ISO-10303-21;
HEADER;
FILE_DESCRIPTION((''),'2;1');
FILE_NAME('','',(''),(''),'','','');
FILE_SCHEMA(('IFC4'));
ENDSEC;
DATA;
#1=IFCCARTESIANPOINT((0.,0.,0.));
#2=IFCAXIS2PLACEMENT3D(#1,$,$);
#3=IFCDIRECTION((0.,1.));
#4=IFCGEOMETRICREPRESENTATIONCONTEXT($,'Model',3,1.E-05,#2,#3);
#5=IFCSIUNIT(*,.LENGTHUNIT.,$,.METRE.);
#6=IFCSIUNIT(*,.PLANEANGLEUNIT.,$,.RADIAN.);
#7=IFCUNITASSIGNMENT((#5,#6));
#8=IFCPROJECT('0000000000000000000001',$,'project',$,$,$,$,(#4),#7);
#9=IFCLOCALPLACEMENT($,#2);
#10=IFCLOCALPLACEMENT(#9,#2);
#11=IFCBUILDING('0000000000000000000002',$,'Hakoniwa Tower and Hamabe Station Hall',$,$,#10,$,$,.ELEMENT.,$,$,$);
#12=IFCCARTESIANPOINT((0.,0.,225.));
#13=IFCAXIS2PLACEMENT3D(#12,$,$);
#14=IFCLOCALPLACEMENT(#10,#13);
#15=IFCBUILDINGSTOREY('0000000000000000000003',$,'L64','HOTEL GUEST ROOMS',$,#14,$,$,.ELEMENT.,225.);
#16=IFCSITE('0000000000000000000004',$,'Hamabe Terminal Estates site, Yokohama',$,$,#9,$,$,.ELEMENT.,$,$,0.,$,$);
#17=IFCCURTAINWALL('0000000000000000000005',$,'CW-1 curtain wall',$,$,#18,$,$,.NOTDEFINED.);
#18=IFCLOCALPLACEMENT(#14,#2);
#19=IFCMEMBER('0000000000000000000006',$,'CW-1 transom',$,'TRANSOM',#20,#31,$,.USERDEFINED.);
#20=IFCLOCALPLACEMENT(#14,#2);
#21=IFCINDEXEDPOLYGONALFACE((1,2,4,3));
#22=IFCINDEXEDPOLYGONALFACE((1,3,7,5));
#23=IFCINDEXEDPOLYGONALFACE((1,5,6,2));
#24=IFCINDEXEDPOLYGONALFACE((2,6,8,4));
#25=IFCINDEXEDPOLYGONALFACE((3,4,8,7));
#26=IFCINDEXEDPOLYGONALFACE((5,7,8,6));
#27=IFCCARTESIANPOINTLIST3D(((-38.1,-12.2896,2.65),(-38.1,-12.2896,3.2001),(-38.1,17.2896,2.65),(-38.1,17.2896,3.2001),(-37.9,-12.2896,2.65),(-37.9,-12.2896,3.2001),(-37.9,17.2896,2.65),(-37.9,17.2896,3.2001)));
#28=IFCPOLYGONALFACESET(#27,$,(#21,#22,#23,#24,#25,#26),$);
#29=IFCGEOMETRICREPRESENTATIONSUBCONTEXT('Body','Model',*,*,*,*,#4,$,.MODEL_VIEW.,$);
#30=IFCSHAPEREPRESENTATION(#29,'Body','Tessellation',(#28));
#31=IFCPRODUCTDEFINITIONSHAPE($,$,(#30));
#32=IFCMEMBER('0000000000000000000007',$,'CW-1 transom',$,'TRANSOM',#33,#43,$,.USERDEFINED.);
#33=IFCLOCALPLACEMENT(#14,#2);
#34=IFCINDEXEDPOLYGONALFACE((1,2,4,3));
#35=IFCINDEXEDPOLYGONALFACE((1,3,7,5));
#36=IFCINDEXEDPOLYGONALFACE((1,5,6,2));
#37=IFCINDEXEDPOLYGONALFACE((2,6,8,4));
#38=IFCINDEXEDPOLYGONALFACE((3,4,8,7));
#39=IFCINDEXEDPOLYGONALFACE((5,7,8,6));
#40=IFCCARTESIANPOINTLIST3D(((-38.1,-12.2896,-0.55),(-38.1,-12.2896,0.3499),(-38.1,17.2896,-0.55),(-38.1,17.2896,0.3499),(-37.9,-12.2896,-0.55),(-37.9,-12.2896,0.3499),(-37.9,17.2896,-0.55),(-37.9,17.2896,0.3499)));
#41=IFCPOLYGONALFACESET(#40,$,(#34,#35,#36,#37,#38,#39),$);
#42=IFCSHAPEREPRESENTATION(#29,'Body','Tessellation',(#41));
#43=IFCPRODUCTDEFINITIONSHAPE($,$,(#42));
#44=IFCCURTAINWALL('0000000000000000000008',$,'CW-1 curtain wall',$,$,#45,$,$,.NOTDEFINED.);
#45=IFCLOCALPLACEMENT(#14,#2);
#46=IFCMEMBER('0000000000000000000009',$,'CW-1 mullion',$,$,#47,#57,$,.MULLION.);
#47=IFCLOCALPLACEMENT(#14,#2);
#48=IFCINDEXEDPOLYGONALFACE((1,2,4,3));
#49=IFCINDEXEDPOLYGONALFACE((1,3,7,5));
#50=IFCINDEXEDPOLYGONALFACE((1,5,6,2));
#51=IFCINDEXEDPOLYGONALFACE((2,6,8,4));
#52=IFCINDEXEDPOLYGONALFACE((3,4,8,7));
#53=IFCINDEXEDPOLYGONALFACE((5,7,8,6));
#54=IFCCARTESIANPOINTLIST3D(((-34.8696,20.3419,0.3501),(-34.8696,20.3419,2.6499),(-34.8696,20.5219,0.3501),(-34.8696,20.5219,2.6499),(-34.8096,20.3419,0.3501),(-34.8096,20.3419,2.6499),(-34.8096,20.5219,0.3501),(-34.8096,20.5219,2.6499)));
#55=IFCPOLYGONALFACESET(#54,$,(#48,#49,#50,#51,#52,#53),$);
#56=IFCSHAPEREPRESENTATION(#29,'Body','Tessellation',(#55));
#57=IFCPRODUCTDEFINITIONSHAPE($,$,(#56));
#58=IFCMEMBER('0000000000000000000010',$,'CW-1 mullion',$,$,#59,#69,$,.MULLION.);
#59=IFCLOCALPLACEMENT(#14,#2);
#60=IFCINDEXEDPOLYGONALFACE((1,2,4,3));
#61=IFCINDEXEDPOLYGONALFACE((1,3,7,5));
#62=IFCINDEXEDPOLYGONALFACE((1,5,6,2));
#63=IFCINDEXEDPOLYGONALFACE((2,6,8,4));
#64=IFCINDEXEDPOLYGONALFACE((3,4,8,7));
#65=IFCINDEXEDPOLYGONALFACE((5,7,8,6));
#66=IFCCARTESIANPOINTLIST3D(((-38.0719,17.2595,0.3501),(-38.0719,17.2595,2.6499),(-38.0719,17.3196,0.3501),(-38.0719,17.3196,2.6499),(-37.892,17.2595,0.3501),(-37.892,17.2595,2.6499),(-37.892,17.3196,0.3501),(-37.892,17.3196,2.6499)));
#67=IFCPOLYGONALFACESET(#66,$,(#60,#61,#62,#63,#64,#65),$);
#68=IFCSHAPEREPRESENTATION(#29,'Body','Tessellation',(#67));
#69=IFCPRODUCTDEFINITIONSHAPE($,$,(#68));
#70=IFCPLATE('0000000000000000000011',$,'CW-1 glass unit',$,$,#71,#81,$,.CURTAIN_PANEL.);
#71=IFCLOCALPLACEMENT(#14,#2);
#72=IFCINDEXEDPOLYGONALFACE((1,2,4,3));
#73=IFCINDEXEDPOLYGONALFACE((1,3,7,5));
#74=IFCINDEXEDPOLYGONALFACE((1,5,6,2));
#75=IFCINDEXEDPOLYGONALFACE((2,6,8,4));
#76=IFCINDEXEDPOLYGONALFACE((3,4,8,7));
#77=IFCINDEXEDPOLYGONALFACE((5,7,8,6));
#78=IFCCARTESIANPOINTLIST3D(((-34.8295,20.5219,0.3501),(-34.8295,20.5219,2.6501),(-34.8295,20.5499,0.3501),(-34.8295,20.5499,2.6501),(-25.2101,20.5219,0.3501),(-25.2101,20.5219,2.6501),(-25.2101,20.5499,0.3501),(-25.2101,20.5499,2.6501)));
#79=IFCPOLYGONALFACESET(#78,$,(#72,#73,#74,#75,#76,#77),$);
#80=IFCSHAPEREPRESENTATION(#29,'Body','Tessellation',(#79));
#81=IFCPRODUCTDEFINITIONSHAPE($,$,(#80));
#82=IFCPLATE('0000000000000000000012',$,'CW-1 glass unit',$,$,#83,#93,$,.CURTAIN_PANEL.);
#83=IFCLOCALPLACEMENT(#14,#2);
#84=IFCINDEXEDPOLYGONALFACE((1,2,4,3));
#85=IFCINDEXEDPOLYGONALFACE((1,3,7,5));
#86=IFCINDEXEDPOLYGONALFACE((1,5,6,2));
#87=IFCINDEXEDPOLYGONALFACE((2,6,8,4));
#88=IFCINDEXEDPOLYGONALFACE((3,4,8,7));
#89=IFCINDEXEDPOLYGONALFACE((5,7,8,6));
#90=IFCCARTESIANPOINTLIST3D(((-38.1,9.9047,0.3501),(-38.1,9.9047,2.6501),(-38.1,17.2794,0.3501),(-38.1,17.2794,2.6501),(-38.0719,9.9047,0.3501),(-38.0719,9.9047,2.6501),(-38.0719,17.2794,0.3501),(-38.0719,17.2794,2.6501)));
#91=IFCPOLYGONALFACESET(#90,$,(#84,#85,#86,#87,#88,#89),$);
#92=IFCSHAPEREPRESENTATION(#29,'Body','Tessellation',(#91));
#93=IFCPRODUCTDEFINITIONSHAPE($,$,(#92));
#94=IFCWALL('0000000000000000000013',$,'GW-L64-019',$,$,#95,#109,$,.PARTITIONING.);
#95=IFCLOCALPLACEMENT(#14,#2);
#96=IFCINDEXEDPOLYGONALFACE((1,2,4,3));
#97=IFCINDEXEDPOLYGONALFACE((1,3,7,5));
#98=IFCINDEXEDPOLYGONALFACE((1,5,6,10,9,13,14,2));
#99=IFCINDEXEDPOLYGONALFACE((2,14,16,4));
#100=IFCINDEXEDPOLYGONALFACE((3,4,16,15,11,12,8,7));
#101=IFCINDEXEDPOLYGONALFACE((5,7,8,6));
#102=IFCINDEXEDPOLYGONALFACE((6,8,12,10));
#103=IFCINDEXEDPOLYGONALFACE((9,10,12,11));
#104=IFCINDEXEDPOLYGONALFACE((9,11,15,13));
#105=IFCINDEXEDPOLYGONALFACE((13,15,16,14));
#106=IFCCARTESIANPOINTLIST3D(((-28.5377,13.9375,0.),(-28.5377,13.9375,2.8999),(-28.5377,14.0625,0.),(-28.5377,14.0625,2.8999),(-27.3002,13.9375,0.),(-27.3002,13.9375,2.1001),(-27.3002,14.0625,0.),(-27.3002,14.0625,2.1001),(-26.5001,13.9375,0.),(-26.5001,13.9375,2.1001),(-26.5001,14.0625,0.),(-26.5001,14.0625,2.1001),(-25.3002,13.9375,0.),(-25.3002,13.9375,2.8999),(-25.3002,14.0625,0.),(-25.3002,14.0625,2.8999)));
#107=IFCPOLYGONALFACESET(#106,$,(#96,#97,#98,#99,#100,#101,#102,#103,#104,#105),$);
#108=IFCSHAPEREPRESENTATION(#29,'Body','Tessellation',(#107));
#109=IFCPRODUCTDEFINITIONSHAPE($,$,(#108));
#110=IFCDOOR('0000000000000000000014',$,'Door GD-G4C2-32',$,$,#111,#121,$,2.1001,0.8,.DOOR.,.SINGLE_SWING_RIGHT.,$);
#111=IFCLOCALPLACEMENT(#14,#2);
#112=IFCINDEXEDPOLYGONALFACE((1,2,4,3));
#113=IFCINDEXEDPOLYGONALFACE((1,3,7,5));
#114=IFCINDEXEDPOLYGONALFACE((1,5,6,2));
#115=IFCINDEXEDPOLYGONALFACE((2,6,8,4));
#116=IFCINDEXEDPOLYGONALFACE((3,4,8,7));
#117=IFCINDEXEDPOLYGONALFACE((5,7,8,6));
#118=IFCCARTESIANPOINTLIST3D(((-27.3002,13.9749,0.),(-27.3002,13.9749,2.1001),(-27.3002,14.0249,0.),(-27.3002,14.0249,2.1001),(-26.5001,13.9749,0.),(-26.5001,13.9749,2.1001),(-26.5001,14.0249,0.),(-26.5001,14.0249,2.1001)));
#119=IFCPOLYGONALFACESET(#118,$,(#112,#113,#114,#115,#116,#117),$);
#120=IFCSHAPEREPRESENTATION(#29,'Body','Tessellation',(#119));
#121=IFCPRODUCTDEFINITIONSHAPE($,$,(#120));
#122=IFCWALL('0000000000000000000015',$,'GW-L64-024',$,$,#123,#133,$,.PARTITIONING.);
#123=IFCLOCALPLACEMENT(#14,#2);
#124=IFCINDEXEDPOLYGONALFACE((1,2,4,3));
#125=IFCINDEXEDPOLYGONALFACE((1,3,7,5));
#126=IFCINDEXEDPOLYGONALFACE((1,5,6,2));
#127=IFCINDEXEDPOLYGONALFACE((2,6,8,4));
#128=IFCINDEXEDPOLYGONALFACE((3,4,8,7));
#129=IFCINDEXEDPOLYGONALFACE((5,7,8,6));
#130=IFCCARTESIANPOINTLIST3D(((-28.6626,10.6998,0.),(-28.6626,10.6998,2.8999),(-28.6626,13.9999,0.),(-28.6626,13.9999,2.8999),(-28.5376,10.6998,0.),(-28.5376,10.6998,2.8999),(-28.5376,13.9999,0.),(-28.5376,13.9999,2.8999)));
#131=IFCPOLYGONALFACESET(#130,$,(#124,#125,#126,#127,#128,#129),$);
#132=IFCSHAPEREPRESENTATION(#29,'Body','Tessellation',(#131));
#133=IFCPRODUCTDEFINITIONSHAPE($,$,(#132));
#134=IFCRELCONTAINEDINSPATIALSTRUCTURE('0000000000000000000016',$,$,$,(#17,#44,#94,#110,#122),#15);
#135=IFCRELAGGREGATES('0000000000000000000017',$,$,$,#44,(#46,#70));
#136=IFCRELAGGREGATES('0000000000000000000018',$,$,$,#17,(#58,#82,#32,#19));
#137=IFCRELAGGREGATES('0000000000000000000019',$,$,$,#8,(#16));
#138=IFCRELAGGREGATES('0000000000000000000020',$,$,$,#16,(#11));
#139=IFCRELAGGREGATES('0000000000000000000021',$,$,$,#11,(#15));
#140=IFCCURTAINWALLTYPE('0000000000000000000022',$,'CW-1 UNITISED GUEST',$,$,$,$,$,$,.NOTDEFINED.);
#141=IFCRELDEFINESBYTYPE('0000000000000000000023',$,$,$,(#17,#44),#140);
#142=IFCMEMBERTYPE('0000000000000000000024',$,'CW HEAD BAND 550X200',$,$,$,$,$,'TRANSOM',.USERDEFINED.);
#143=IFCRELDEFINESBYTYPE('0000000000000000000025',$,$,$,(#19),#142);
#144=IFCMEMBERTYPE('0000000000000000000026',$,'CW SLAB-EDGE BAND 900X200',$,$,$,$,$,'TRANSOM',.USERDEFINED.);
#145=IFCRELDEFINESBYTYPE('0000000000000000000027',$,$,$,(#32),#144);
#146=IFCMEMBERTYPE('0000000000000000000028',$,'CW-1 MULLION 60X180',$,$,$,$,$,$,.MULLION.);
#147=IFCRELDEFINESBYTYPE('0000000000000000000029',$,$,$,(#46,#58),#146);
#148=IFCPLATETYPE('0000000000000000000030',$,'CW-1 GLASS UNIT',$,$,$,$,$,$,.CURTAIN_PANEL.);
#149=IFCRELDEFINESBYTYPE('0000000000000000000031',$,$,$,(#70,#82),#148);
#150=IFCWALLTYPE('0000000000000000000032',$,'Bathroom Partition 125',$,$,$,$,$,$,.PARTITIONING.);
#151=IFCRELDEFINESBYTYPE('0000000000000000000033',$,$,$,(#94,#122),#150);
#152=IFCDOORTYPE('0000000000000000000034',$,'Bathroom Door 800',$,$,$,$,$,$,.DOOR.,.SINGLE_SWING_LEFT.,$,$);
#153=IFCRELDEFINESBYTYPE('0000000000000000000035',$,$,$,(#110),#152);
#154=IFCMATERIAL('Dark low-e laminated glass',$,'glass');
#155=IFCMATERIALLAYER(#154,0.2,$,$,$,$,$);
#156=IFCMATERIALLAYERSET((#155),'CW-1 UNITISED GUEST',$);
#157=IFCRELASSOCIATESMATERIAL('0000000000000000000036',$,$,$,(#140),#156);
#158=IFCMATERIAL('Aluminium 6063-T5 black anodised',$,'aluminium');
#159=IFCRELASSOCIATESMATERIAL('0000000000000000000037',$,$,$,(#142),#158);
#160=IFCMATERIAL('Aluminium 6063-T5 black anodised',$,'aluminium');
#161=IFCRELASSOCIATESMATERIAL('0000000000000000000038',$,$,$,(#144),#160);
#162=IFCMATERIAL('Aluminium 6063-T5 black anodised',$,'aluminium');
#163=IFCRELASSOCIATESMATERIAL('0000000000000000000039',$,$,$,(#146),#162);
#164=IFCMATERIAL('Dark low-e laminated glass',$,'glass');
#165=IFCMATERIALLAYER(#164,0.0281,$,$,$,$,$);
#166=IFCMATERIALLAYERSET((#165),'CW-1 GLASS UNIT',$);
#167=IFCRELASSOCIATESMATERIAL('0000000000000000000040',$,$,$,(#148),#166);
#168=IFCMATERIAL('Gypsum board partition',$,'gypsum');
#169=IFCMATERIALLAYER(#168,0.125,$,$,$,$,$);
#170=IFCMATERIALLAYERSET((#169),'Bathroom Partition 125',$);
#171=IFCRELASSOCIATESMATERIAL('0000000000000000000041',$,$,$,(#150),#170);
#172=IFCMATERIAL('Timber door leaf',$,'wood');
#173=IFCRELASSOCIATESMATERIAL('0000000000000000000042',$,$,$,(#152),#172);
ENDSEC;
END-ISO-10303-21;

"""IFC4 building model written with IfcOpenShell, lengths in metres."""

from ifc_helpers import new_model, si_unit, direction, frame, frame_2d, origin, origin_2d, place, context, subcontext, project, spatial, rectangle, extrude, material, layer, layer_set, material_profile, profile_set, type_object, element, fill, aggregate, save


model = new_model("IFC4")

# Units and contexts
model_context = context("Model", 3, precision=1e-05, world=origin(), true_north=direction((0.0, 1.0)))
body_context = subcontext(model_context, "Body", "Model", "MODEL_VIEW")
ifc_project = project(units=[si_unit("LENGTHUNIT", "METRE"), si_unit("PLANEANGLEUNIT", "RADIAN")], contexts=[model_context])

# Site, building, storey
site_placement = place(None, origin())
site = spatial("IfcSite", under=ifc_project, at=site_placement, Name="Hamabe Terminal Estates site, Yokohama", CompositionType="ELEMENT", RefElevation=0.0)
building_placement = place(site_placement, origin())
building = spatial("IfcBuilding", under=site, at=building_placement, Name="Hakoniwa Tower and Hamabe Station Hall", CompositionType="ELEMENT")
storey_placement = place(building_placement, frame((0.0, 0.0, 225.0)))
storey = spatial("IfcBuildingStorey", under=building, at=storey_placement, Name="L64", Description="HOTEL GUEST ROOMS", CompositionType="ELEMENT", Elevation=225.0)

# Curtain wall, members
ifc_material_1 = material(Name="Dark low-e laminated glass", Category="glass")
ifc_layer_1 = layer(ifc_material_1, 0.2)
ifc_layer_set_1 = layer_set([ifc_layer_1], Name="CW-1 UNITISED GUEST")
curtain_wall_type = type_object("IfcCurtainWallType", Name="CW-1 UNITISED GUEST", PredefinedType="NOTDEFINED", material=ifc_layer_set_1)
curtain_wall_1_placement = place(storey_placement, origin())
curtain_wall_1 = element("IfcCurtainWall", 1, at=curtain_wall_1_placement, inside=storey, type_object=curtain_wall_type, Name="CW-1 curtain wall", PredefinedType="NOTDEFINED")
ifc_material_2 = material(Name="Aluminium 6063-T5 black anodised", Category="aluminium")
ifc_material_profile_1 = material_profile(ifc_material_2, rectangle(XDim=0.2, YDim=0.55, at=origin_2d()), Name="CW HEAD BAND 550X200")
ifc_profile_set_1 = profile_set([ifc_material_profile_1], Name="Aluminium 6063-T5 black anodised")
member_type_1 = type_object("IfcMemberType", Name="CW HEAD BAND 550X200", ElementType="TRANSOM", PredefinedType="USERDEFINED", material=ifc_profile_set_1)
member_1_placement = place(storey_placement, frame((-38.0, 17.2896, 2.925), z_axis=(0.0, -1.0, 0.0), x_axis=(1.0, 0.0, 0.0)))
member_1 = element("IfcMember", 2, at=member_1_placement, type_object=member_type_1, Name="CW-1 transom", ObjectType="TRANSOM", PredefinedType="USERDEFINED", context=body_context, shape_type="SweptSolid", body=[
    extrude(rectangle(XDim=0.2, YDim=0.55, at=origin_2d()), origin(), (0.0, 0.0, 1.0), 29.5791),
])
ifc_material_3 = material(Name="Aluminium 6063-T5 black anodised", Category="aluminium")
ifc_material_profile_2 = material_profile(ifc_material_3, rectangle(XDim=0.2, YDim=0.8999, at=origin_2d()), Name="CW SLAB-EDGE BAND 900X200")
ifc_profile_set_2 = profile_set([ifc_material_profile_2], Name="Aluminium 6063-T5 black anodised")
member_type_2 = type_object("IfcMemberType", Name="CW SLAB-EDGE BAND 900X200", ElementType="TRANSOM", PredefinedType="USERDEFINED", material=ifc_profile_set_2)
member_2_placement = place(storey_placement, frame((-38.0, 17.2896, -0.1001), z_axis=(0.0, -1.0, 0.0), x_axis=(1.0, 0.0, 0.0)))
member_2 = element("IfcMember", 3, at=member_2_placement, type_object=member_type_2, Name="CW-1 transom", ObjectType="TRANSOM", PredefinedType="USERDEFINED", context=body_context, shape_type="SweptSolid", body=[
    extrude(rectangle(XDim=0.2, YDim=0.8999, at=origin_2d()), origin(), (0.0, 0.0, 1.0), 29.5791),
])

# Curtain wall, member
curtain_wall_2_placement = place(storey_placement, origin())
curtain_wall_2 = element("IfcCurtainWall", 4, at=curtain_wall_2_placement, inside=storey, type_object=curtain_wall_type, Name="CW-1 curtain wall", PredefinedType="NOTDEFINED")
ifc_material_4 = material(Name="Aluminium 6063-T5 black anodised", Category="aluminium")
ifc_material_profile_3 = material_profile(ifc_material_4, rectangle(XDim=0.0601, YDim=0.1799, at=origin_2d()), Name="CW-1 MULLION 60X180")
ifc_profile_set_3 = profile_set([ifc_material_profile_3], Name="Aluminium 6063-T5 black anodised")
member_type_3 = type_object("IfcMemberType", Name="CW-1 MULLION 60X180", PredefinedType="MULLION", material=ifc_profile_set_3)
member_3_placement = place(storey_placement, frame((-34.8396, 20.4319, 0.3501), z_axis=(0.0, 0.0, 1.0), x_axis=(-1.0, 0.0, 0.0)))
member_3 = element("IfcMember", 5, at=member_3_placement, type_object=member_type_3, Name="CW-1 mullion", PredefinedType="MULLION", context=body_context, shape_type="SweptSolid", body=[
    extrude(rectangle(XDim=0.0601, YDim=0.1799, at=origin_2d()), origin(), (0.0, 0.0, 1.0), 2.2998),
])

# Member
member_4_placement = place(storey_placement, frame((-37.9819, 17.2896, 0.3501), z_axis=(0.0, 0.0, 1.0), x_axis=(0.0, -1.0, 0.0)))
member_4 = element("IfcMember", 6, at=member_4_placement, type_object=member_type_3, Name="CW-1 mullion", PredefinedType="MULLION", context=body_context, shape_type="SweptSolid", body=[
    extrude(rectangle(XDim=0.0601, YDim=0.1799, at=origin_2d()), origin(), (0.0, 0.0, 1.0), 2.2998),
])

# Plates
ifc_material_5 = material(Name="Dark low-e laminated glass", Category="glass")
ifc_layer_2 = layer(ifc_material_5, 0.0281)
ifc_layer_set_2 = layer_set([ifc_layer_2], Name="CW-1 GLASS UNIT")
plate_type = type_object("IfcPlateType", Name="CW-1 GLASS UNIT", PredefinedType="CURTAIN_PANEL", material=ifc_layer_set_2)
plate_1_placement = place(storey_placement, frame((-30.0198, 20.5359, 0.3501), z_axis=(0.0, 0.0, 1.0), x_axis=(-1.0, 0.0, 0.0)))
plate_1 = element("IfcPlate", 7, at=plate_1_placement, type_object=plate_type, Name="CW-1 glass unit", PredefinedType="CURTAIN_PANEL", context=body_context, shape_type="SweptSolid", body=[
    extrude(rectangle(XDim=9.6194, YDim=0.0281, at=origin_2d()), origin(), (0.0, 0.0, 1.0), 2.3),
])
aggregate(curtain_wall_2, [member_3, plate_1])
plate_2_placement = place(storey_placement, frame((-38.0859, 13.592, 0.3501), z_axis=(0.0, 0.0, 1.0), x_axis=(0.0, -1.0, 0.0)))
plate_2 = element("IfcPlate", 8, at=plate_2_placement, type_object=plate_type, Name="CW-1 glass unit", PredefinedType="CURTAIN_PANEL", context=body_context, shape_type="SweptSolid", body=[
    extrude(rectangle(XDim=7.3748, YDim=0.0281, at=origin_2d()), origin(), (0.0, 0.0, 1.0), 2.3),
])
aggregate(curtain_wall_1, [member_4, plate_2, member_2, member_1])

# Wall, opening, door
ifc_material_6 = material(Name="Gypsum board partition", Category="gypsum")
ifc_layer_3 = layer(ifc_material_6, 0.125)
ifc_layer_set_3 = layer_set([ifc_layer_3], Name="Bathroom Partition 125")
wall_type_1 = type_object("IfcWallType", Name="Bathroom Partition 125", PredefinedType="PARTITIONING", material=ifc_layer_set_3)
wall_1_placement = place(storey_placement, frame((-28.5376, 14.0, 0.0), z_axis=(0.0, 0.0, 1.0), x_axis=(1.0, 0.0, 0.0)))
wall_1 = element("IfcWall", 9, at=wall_1_placement, inside=storey, type_object=wall_type_1, Name="GW-L64-019", PredefinedType="PARTITIONING", context=body_context, shape_type="SweptSolid", body=[
    extrude(rectangle(XDim=3.2375, YDim=0.125, at=frame_2d((1.6187, 0.0))), origin(), (0.0, 0.0, 1.0), 2.8999),
])
opening_1_placement = place(wall_1_placement, frame((1.2375, 0.0, 0.0)))
opening_1 = element("IfcOpeningElement", 10, at=opening_1_placement, cuts=wall_1, PredefinedType="OPENING", context=body_context, shape_type="SweptSolid", body=[
    extrude(rectangle(XDim=0.8, YDim=2.1001, at=frame_2d((0.3999, 1.05))), frame((0.0, 0.0725, 0.0), z_axis=(0.0, -1.0, 0.0), x_axis=(1.0, 0.0, 0.0)), (0.0, 0.0, 1.0), 0.145),
])
ifc_material_7 = material(Name="Timber door leaf", Category="wood")
door_type_1 = type_object("IfcDoorType", Name="Bathroom Door 800", OperationType="SINGLE_SWING_LEFT", PredefinedType="DOOR", material=ifc_material_7)
door_1_placement = place(opening_1_placement, origin())
door_1 = element("IfcDoor", 11, at=door_1_placement, inside=storey, type_object=door_type_1, Name="Door GD-G4C2-32", OperationType="SINGLE_SWING_RIGHT", OverallHeight=2.1001, OverallWidth=0.8, PredefinedType="DOOR", context=body_context, shape_type="SweptSolid", body=[
    extrude(rectangle(XDim=0.8, YDim=2.1001, at=frame_2d((0.3999, 1.05))), frame((0.0, 0.0249, 0.0), z_axis=(0.0, -1.0, 0.0), x_axis=(1.0, 0.0, 0.0)), (0.0, 0.0, 1.0), 0.05),
])
fill(opening_1, door_1)

# Wall
wall_2_placement = place(storey_placement, frame((-28.6001, 10.7, 0.0), z_axis=(0.0, 0.0, 1.0), x_axis=(0.0, 1.0, 0.0)))
element("IfcWall", 12, at=wall_2_placement, inside=storey, type_object=wall_type_1, Name="GW-L64-024", PredefinedType="PARTITIONING", context=body_context, shape_type="SweptSolid", body=[
    extrude(rectangle(XDim=3.3, YDim=0.125, at=frame_2d((1.6499, 0.0))), origin(), (0.0, 0.0, 1.0), 2.8999),
])

save(model, "model.ifc")
